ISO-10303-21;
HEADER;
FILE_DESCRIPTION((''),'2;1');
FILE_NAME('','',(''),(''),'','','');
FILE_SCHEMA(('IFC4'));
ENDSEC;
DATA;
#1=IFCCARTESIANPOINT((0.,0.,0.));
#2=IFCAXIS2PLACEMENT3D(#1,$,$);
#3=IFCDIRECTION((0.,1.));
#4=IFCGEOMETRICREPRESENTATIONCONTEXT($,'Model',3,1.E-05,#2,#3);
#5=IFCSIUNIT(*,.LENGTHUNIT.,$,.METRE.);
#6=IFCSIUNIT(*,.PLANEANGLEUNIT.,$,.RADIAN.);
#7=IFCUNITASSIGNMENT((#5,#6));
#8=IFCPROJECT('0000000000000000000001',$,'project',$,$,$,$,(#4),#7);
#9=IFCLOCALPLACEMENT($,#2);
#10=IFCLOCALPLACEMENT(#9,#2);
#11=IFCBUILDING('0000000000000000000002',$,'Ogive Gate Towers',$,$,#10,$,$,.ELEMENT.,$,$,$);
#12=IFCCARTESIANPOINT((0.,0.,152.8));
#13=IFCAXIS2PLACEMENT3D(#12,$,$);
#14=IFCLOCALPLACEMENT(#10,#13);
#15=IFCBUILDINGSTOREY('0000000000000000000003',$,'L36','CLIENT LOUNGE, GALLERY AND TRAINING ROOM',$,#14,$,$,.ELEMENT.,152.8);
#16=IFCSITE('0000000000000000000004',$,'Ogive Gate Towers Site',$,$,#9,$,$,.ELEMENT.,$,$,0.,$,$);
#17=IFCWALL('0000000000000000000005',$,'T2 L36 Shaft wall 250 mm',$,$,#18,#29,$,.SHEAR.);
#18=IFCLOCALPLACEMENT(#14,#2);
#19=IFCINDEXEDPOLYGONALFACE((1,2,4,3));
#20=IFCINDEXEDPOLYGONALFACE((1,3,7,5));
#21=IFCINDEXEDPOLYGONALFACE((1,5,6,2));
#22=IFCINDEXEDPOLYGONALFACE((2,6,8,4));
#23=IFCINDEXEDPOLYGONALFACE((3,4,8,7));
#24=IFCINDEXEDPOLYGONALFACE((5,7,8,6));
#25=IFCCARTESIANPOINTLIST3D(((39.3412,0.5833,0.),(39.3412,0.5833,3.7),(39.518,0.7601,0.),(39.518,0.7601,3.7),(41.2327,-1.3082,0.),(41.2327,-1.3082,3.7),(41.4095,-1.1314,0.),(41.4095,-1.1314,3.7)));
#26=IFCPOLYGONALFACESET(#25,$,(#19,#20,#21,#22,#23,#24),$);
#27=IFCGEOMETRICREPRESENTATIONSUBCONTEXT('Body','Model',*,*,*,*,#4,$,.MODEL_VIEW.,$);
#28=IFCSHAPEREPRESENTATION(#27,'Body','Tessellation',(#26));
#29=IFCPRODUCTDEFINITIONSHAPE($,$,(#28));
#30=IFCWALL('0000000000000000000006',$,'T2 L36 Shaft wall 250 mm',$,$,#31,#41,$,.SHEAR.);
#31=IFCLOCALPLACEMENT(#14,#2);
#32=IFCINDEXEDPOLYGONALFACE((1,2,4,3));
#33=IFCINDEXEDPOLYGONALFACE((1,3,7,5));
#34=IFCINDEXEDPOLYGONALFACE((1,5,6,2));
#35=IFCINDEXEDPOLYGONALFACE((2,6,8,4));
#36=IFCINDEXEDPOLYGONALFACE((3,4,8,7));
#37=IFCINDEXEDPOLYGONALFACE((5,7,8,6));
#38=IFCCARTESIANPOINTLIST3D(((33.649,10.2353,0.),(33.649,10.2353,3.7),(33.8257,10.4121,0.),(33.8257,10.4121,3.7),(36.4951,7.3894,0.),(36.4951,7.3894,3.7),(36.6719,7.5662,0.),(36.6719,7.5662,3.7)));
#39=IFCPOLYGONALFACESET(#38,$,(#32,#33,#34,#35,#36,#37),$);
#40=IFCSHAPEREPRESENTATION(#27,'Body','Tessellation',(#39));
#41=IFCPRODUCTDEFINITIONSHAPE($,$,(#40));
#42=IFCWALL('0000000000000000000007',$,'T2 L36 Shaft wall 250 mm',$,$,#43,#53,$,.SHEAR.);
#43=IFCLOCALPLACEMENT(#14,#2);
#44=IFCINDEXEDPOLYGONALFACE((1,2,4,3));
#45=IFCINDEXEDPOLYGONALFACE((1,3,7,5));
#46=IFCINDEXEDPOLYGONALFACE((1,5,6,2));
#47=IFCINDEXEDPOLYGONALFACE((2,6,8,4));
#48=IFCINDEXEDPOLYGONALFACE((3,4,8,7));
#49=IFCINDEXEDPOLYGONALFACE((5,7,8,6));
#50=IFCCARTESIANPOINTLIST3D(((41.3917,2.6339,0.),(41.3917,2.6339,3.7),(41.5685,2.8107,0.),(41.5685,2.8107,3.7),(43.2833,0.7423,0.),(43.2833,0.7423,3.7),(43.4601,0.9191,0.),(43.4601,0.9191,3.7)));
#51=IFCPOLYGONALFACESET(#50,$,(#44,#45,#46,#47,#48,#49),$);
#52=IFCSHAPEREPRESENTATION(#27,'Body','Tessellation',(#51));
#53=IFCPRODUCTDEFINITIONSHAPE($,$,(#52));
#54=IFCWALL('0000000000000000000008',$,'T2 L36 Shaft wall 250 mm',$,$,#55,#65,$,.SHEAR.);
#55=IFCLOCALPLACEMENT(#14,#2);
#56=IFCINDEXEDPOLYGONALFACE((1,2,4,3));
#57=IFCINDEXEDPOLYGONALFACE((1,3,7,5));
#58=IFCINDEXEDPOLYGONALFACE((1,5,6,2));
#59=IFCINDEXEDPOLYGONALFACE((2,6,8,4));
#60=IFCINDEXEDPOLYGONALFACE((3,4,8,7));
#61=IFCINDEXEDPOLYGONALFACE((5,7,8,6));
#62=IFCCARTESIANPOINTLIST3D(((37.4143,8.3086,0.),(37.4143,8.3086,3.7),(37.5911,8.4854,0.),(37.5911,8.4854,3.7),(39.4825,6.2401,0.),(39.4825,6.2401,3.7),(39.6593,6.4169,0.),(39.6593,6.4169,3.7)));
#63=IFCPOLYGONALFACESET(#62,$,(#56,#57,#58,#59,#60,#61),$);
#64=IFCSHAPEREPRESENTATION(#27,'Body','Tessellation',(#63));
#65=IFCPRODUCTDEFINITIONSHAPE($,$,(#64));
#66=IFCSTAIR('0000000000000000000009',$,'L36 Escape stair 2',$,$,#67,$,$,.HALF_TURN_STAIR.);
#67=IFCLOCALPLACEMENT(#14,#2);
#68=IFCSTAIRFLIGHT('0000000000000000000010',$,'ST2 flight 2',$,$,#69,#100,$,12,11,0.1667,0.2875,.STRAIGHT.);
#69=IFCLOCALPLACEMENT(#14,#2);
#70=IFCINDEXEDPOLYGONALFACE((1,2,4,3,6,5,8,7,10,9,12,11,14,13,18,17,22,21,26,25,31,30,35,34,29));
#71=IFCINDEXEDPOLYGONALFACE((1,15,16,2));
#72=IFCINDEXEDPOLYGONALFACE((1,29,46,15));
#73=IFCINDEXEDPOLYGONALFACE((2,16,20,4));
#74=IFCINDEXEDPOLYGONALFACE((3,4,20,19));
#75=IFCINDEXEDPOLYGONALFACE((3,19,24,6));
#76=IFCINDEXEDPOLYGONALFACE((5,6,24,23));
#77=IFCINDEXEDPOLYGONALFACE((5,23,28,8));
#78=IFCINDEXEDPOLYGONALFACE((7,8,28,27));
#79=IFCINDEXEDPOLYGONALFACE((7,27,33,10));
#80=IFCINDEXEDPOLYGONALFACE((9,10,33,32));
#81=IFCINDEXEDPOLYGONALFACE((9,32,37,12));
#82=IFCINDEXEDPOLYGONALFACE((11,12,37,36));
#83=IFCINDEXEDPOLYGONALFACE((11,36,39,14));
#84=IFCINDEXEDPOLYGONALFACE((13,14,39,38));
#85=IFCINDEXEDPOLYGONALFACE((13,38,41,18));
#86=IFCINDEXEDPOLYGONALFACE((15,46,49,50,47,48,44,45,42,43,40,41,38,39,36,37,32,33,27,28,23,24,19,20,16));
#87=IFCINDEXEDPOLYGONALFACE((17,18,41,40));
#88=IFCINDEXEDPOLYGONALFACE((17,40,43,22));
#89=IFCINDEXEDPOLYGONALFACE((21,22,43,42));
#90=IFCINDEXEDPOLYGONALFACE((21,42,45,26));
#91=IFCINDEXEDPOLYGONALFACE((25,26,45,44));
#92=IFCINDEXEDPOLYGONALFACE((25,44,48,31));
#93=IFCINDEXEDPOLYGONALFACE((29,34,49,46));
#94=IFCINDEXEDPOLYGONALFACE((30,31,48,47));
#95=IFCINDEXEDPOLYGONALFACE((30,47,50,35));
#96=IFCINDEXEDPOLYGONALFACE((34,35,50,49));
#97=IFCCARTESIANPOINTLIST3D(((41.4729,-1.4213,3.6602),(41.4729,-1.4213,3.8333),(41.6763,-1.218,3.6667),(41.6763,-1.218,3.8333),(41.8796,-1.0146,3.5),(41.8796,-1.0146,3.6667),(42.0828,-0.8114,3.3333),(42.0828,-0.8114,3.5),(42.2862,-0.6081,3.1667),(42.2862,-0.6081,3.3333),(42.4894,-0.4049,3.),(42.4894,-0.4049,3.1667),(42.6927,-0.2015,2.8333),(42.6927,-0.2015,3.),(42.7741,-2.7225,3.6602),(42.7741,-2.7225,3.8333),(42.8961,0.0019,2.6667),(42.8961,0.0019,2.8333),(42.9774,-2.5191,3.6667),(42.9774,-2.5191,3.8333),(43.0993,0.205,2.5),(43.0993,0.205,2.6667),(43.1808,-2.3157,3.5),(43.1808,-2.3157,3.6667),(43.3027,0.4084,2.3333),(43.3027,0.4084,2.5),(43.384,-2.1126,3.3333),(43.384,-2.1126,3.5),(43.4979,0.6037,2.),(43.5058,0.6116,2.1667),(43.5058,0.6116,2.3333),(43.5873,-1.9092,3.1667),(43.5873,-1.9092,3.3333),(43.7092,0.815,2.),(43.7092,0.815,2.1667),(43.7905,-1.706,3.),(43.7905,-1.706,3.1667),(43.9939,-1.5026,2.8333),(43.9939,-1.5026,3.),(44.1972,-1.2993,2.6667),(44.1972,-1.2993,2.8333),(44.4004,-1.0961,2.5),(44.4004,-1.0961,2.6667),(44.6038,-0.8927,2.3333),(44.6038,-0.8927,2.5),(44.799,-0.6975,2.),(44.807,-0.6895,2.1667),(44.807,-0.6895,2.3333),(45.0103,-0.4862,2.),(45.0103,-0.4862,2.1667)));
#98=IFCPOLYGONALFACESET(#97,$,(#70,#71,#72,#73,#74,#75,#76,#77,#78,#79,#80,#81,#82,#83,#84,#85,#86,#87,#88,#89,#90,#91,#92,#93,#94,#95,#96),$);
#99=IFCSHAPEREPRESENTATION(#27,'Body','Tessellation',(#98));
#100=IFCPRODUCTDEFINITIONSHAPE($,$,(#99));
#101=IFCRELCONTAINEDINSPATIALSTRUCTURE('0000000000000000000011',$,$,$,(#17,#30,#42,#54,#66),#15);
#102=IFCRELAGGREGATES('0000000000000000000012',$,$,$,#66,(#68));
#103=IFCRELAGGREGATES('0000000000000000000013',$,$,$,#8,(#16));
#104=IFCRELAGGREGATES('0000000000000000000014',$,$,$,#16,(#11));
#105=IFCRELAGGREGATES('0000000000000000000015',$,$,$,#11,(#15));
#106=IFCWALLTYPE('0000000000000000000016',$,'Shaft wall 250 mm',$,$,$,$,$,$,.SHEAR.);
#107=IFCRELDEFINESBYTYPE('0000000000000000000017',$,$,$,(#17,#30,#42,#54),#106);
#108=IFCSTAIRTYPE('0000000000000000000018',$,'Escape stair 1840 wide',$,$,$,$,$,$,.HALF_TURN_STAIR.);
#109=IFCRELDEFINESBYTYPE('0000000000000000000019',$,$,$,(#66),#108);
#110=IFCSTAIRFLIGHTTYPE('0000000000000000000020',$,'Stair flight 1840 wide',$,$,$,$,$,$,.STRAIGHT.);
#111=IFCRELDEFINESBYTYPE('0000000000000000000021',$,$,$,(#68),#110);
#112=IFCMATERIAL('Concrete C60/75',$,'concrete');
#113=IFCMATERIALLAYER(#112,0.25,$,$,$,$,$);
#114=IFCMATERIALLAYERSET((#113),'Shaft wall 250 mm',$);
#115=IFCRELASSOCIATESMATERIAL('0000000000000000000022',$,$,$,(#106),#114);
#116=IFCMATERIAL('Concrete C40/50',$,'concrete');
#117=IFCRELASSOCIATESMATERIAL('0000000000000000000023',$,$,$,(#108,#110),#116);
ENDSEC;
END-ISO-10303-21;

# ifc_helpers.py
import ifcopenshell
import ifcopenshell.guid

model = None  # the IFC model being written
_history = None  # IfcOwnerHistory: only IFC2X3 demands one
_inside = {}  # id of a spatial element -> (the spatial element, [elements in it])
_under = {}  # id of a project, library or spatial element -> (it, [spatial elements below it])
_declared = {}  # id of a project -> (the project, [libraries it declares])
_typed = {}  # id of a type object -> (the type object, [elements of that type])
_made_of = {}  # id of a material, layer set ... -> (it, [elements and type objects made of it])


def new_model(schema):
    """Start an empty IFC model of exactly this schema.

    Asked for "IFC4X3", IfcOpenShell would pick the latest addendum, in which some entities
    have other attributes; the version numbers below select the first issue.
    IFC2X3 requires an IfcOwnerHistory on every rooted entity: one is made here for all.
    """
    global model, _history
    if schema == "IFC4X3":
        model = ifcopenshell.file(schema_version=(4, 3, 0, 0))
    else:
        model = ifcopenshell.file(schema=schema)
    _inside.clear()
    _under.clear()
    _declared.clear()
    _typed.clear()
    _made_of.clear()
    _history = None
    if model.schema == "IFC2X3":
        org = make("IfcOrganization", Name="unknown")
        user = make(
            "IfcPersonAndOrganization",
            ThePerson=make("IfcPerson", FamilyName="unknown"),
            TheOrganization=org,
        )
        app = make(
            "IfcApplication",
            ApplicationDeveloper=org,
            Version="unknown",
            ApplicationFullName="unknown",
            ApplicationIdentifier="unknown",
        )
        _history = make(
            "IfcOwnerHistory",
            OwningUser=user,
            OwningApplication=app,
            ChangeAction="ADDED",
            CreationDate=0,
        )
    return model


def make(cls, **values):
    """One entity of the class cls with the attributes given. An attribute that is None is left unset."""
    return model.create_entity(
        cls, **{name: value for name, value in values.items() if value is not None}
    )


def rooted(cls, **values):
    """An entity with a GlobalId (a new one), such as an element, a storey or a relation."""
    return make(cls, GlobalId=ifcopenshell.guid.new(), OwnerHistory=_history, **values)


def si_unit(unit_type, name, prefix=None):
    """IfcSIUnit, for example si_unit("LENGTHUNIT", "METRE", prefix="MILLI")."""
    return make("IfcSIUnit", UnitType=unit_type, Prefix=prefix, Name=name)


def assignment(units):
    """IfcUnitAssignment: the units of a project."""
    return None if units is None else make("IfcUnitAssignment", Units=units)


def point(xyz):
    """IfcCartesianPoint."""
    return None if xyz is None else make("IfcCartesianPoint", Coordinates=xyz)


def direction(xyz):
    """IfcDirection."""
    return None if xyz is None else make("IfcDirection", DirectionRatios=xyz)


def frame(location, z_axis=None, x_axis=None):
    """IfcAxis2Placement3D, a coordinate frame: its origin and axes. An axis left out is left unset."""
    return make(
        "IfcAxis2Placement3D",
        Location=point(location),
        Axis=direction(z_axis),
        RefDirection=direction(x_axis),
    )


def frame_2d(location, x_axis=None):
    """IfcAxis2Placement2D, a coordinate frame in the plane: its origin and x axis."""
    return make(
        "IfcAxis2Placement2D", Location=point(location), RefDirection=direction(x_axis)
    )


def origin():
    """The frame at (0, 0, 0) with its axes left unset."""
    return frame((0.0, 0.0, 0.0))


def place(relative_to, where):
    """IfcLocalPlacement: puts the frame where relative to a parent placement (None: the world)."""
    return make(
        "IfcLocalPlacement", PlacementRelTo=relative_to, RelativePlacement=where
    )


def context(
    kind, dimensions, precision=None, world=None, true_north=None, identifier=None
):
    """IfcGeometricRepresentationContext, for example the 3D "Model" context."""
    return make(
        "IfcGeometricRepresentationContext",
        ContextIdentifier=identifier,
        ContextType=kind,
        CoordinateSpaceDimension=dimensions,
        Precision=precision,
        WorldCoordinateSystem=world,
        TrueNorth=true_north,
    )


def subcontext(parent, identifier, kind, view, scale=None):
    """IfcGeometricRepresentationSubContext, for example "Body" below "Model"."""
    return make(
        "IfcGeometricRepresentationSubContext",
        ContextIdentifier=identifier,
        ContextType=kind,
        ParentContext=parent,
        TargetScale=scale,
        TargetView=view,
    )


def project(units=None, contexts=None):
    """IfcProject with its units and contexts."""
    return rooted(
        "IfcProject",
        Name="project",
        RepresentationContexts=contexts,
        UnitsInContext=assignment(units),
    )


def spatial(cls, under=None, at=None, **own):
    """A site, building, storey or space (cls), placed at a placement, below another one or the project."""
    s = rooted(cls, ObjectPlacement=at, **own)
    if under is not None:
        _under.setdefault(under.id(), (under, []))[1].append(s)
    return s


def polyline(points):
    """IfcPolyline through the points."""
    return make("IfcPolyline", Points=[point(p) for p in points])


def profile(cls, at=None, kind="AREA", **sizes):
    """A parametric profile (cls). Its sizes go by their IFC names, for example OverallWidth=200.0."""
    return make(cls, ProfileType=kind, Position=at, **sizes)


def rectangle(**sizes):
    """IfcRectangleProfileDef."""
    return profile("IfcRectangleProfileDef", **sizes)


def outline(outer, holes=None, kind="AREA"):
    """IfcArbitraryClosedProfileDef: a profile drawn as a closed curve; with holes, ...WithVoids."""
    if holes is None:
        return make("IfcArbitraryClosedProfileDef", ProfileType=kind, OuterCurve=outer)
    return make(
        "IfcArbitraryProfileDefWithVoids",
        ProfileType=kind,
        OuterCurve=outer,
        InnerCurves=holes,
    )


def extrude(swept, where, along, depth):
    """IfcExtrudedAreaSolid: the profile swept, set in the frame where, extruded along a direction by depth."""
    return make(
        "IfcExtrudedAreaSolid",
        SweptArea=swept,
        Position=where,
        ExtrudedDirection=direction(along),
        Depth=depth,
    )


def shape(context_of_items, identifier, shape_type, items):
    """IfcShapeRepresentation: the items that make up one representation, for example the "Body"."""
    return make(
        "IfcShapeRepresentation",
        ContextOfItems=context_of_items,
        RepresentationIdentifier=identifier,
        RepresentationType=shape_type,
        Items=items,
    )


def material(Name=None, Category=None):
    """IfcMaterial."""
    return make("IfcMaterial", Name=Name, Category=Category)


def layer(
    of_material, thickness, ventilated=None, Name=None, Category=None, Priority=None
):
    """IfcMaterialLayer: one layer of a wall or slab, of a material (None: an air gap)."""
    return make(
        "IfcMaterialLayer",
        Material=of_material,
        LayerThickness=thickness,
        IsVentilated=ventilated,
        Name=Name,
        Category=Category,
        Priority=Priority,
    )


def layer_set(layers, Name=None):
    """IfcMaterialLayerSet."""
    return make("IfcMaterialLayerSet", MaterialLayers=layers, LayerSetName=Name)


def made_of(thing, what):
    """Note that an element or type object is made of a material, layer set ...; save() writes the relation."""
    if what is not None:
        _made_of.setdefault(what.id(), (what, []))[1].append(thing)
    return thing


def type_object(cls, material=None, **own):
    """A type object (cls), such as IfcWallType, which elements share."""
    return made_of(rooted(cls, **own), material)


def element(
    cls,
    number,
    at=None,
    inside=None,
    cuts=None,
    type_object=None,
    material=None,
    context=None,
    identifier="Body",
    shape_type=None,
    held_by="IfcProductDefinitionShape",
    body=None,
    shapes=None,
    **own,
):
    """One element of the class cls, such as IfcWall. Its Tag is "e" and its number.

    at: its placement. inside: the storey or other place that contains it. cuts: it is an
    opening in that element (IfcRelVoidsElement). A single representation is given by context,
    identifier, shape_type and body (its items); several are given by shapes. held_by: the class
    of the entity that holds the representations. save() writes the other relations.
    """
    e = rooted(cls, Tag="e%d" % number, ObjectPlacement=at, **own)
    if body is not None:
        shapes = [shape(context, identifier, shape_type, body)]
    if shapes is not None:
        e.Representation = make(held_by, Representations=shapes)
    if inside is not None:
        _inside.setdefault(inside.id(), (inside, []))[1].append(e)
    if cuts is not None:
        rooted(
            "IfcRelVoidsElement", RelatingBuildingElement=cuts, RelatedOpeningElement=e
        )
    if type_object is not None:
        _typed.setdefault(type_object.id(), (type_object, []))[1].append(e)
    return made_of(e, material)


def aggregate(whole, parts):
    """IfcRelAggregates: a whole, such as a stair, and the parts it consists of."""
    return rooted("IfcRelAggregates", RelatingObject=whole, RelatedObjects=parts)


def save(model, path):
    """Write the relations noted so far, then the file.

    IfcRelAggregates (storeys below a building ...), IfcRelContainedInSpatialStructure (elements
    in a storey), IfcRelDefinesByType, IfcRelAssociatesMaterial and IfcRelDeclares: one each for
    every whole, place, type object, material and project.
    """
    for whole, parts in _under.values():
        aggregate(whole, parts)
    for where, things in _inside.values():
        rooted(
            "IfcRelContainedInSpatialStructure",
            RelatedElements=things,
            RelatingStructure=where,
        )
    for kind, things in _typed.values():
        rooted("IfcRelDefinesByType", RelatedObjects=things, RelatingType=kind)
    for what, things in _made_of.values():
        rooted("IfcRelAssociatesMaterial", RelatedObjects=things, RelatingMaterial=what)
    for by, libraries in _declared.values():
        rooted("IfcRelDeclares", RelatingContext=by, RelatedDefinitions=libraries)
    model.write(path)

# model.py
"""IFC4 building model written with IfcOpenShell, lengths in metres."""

from ifc_helpers import new_model, si_unit, direction, frame, frame_2d, origin, place, context, subcontext, project, spatial, polyline, rectangle, outline, extrude, material, layer, layer_set, type_object, element, aggregate, save


model = new_model("IFC4")

# Units and contexts
model_context = context("Model", 3, precision=1e-05, world=origin(), true_north=direction((0.0, 1.0)))
body_context = subcontext(model_context, "Body", "Model", "MODEL_VIEW")
ifc_project = project(units=[si_unit("LENGTHUNIT", "METRE"), si_unit("PLANEANGLEUNIT", "RADIAN")], contexts=[model_context])

# Site, building, storey
site_placement = place(None, origin())
site = spatial("IfcSite", under=ifc_project, at=site_placement, Name="Ogive Gate Towers Site", CompositionType="ELEMENT", RefElevation=0.0)
building_placement = place(site_placement, origin())
building = spatial("IfcBuilding", under=site, at=building_placement, Name="Ogive Gate Towers", CompositionType="ELEMENT")
storey_placement = place(building_placement, frame((0.0, 0.0, 152.8)))
storey = spatial("IfcBuildingStorey", under=building, at=storey_placement, Name="L36", Description="CLIENT LOUNGE, GALLERY AND TRAINING ROOM", CompositionType="ELEMENT", Elevation=152.8)

# Shared definitions
ifc_material_1 = material(Name="Concrete C60/75", Category="concrete")
ifc_layer_1 = layer(ifc_material_1, 0.25)
ifc_layer_set_1 = layer_set([ifc_layer_1], Name="Shaft wall 250 mm")
wall_type_1 = type_object("IfcWallType", Name="Shaft wall 250 mm", PredefinedType="SHEAR", material=ifc_layer_set_1)

# Walls
wall_1_placement = place(storey_placement, frame((41.321, -1.2197, 0.0), z_axis=(0.0, 0.0, 1.0), x_axis=(-0.707107, 0.707107, 0.0)))
element("IfcWall", 1, at=wall_1_placement, inside=storey, type_object=wall_type_1, Name="T2 L36 Shaft wall 250 mm", PredefinedType="SHEAR", context=body_context, shape_type="SweptSolid", body=[
    extrude(rectangle(XDim=2.675, YDim=0.25, at=frame_2d((1.3374, 0.0))), origin(), (0.0, 0.0, 1.0), 3.7),
])
wall_2_placement = place(storey_placement, frame((36.5835, 7.4778, 0.0), z_axis=(0.0, 0.0, 1.0), x_axis=(-0.707137, 0.707076, 0.0)))
element("IfcWall", 2, at=wall_2_placement, inside=storey, type_object=wall_type_1, Name="T2 L36 Shaft wall 250 mm", PredefinedType="SHEAR", context=body_context, shape_type="SweptSolid", body=[
    extrude(rectangle(XDim=4.0249, YDim=0.25, at=frame_2d((2.0125, 0.0))), origin(), (0.0, 0.0, 1.0), 3.7),
])
wall_3_placement = place(storey_placement, frame((43.3716, 0.8308, 0.0), z_axis=(0.0, 0.0, 1.0), x_axis=(-0.707107, 0.707107, 0.0)))
element("IfcWall", 3, at=wall_3_placement, inside=storey, type_object=wall_type_1, Name="T2 L36 Shaft wall 250 mm", PredefinedType="SHEAR", context=body_context, shape_type="SweptSolid", body=[
    extrude(rectangle(XDim=2.675, YDim=0.25, at=frame_2d((1.3374, 0.0))), origin(), (0.0, 0.0, 1.0), 3.7),
])
wall_4_placement = place(storey_placement, frame((39.5708, 6.3286, 0.0), z_axis=(0.0, 0.0, 1.0), x_axis=(-0.707065, 0.707149, 0.0)))
element("IfcWall", 4, at=wall_4_placement, inside=storey, type_object=wall_type_1, Name="T2 L36 Shaft wall 250 mm", PredefinedType="SHEAR", context=body_context, shape_type="SweptSolid", body=[
    extrude(rectangle(XDim=2.925, YDim=0.25, at=frame_2d((1.4624, 0.0))), origin(), (0.0, 0.0, 1.0), 3.7),
])

# Stair, stair flight
ifc_material_2 = material(Name="Concrete C40/50", Category="concrete")
stair_type = type_object("IfcStairType", Name="Escape stair 1840 wide", PredefinedType="HALF_TURN_STAIR", material=ifc_material_2)
stair_placement = place(storey_placement, origin())
stair = element("IfcStair", 5, at=stair_placement, inside=storey, type_object=stair_type, Name="L36 Escape stair 2", PredefinedType="HALF_TURN_STAIR")
stair_flight_type = type_object("IfcStairFlightType", Name="Stair flight 1840 wide", PredefinedType="STRAIGHT", material=ifc_material_2)
stair_flight_placement = place(storey_placement, frame((44.3599, 0.1643, 2.0), z_axis=(0.0, 0.0, 1.0), x_axis=(-0.707107, -0.707107, 0.0)))
stair_flight = element("IfcStairFlight", 6, at=stair_flight_placement, type_object=stair_flight_type, Name="ST2 flight 2", NumberOfRisers=12, NumberOfTreads=11, PredefinedType="STRAIGHT", RiserHeight=0.1667, TreadLength=0.2875, context=body_context, shape_type="SweptSolid", body=[
    extrude(outline(polyline([(0.0, 0.0), (0.0, 0.1667), (0.2876, 0.1667), (0.2876, 0.3333), (0.575, 0.3333), (0.575, 0.5), (0.8625, 0.5), (0.8625, 0.6667), (1.1499, 0.6667), (1.1499, 0.8333), (1.4375, 0.8333), (1.4375, 1.0), (1.7251, 1.0), (1.7251, 1.1667), (2.0125, 1.1667), (2.0125, 1.3333), (2.3, 1.3333), (2.3, 1.5), (2.5874, 1.5), (2.5874, 1.6667), (2.875, 1.6667), (2.875, 1.8333), (3.1626, 1.8333), (3.1626, 2.0), (3.1626, 1.6602), (0.2988, 0.0), (0.0, 0.0)])), frame((0.0, 0.9199, 0.0), z_axis=(0.0, -1.0, 0.0), x_axis=(1.0, 0.0, 0.0)), (0.0, 0.0, 1.0), 1.8401),
])
aggregate(stair, [stair_flight])

save(model, "model.ifc")
